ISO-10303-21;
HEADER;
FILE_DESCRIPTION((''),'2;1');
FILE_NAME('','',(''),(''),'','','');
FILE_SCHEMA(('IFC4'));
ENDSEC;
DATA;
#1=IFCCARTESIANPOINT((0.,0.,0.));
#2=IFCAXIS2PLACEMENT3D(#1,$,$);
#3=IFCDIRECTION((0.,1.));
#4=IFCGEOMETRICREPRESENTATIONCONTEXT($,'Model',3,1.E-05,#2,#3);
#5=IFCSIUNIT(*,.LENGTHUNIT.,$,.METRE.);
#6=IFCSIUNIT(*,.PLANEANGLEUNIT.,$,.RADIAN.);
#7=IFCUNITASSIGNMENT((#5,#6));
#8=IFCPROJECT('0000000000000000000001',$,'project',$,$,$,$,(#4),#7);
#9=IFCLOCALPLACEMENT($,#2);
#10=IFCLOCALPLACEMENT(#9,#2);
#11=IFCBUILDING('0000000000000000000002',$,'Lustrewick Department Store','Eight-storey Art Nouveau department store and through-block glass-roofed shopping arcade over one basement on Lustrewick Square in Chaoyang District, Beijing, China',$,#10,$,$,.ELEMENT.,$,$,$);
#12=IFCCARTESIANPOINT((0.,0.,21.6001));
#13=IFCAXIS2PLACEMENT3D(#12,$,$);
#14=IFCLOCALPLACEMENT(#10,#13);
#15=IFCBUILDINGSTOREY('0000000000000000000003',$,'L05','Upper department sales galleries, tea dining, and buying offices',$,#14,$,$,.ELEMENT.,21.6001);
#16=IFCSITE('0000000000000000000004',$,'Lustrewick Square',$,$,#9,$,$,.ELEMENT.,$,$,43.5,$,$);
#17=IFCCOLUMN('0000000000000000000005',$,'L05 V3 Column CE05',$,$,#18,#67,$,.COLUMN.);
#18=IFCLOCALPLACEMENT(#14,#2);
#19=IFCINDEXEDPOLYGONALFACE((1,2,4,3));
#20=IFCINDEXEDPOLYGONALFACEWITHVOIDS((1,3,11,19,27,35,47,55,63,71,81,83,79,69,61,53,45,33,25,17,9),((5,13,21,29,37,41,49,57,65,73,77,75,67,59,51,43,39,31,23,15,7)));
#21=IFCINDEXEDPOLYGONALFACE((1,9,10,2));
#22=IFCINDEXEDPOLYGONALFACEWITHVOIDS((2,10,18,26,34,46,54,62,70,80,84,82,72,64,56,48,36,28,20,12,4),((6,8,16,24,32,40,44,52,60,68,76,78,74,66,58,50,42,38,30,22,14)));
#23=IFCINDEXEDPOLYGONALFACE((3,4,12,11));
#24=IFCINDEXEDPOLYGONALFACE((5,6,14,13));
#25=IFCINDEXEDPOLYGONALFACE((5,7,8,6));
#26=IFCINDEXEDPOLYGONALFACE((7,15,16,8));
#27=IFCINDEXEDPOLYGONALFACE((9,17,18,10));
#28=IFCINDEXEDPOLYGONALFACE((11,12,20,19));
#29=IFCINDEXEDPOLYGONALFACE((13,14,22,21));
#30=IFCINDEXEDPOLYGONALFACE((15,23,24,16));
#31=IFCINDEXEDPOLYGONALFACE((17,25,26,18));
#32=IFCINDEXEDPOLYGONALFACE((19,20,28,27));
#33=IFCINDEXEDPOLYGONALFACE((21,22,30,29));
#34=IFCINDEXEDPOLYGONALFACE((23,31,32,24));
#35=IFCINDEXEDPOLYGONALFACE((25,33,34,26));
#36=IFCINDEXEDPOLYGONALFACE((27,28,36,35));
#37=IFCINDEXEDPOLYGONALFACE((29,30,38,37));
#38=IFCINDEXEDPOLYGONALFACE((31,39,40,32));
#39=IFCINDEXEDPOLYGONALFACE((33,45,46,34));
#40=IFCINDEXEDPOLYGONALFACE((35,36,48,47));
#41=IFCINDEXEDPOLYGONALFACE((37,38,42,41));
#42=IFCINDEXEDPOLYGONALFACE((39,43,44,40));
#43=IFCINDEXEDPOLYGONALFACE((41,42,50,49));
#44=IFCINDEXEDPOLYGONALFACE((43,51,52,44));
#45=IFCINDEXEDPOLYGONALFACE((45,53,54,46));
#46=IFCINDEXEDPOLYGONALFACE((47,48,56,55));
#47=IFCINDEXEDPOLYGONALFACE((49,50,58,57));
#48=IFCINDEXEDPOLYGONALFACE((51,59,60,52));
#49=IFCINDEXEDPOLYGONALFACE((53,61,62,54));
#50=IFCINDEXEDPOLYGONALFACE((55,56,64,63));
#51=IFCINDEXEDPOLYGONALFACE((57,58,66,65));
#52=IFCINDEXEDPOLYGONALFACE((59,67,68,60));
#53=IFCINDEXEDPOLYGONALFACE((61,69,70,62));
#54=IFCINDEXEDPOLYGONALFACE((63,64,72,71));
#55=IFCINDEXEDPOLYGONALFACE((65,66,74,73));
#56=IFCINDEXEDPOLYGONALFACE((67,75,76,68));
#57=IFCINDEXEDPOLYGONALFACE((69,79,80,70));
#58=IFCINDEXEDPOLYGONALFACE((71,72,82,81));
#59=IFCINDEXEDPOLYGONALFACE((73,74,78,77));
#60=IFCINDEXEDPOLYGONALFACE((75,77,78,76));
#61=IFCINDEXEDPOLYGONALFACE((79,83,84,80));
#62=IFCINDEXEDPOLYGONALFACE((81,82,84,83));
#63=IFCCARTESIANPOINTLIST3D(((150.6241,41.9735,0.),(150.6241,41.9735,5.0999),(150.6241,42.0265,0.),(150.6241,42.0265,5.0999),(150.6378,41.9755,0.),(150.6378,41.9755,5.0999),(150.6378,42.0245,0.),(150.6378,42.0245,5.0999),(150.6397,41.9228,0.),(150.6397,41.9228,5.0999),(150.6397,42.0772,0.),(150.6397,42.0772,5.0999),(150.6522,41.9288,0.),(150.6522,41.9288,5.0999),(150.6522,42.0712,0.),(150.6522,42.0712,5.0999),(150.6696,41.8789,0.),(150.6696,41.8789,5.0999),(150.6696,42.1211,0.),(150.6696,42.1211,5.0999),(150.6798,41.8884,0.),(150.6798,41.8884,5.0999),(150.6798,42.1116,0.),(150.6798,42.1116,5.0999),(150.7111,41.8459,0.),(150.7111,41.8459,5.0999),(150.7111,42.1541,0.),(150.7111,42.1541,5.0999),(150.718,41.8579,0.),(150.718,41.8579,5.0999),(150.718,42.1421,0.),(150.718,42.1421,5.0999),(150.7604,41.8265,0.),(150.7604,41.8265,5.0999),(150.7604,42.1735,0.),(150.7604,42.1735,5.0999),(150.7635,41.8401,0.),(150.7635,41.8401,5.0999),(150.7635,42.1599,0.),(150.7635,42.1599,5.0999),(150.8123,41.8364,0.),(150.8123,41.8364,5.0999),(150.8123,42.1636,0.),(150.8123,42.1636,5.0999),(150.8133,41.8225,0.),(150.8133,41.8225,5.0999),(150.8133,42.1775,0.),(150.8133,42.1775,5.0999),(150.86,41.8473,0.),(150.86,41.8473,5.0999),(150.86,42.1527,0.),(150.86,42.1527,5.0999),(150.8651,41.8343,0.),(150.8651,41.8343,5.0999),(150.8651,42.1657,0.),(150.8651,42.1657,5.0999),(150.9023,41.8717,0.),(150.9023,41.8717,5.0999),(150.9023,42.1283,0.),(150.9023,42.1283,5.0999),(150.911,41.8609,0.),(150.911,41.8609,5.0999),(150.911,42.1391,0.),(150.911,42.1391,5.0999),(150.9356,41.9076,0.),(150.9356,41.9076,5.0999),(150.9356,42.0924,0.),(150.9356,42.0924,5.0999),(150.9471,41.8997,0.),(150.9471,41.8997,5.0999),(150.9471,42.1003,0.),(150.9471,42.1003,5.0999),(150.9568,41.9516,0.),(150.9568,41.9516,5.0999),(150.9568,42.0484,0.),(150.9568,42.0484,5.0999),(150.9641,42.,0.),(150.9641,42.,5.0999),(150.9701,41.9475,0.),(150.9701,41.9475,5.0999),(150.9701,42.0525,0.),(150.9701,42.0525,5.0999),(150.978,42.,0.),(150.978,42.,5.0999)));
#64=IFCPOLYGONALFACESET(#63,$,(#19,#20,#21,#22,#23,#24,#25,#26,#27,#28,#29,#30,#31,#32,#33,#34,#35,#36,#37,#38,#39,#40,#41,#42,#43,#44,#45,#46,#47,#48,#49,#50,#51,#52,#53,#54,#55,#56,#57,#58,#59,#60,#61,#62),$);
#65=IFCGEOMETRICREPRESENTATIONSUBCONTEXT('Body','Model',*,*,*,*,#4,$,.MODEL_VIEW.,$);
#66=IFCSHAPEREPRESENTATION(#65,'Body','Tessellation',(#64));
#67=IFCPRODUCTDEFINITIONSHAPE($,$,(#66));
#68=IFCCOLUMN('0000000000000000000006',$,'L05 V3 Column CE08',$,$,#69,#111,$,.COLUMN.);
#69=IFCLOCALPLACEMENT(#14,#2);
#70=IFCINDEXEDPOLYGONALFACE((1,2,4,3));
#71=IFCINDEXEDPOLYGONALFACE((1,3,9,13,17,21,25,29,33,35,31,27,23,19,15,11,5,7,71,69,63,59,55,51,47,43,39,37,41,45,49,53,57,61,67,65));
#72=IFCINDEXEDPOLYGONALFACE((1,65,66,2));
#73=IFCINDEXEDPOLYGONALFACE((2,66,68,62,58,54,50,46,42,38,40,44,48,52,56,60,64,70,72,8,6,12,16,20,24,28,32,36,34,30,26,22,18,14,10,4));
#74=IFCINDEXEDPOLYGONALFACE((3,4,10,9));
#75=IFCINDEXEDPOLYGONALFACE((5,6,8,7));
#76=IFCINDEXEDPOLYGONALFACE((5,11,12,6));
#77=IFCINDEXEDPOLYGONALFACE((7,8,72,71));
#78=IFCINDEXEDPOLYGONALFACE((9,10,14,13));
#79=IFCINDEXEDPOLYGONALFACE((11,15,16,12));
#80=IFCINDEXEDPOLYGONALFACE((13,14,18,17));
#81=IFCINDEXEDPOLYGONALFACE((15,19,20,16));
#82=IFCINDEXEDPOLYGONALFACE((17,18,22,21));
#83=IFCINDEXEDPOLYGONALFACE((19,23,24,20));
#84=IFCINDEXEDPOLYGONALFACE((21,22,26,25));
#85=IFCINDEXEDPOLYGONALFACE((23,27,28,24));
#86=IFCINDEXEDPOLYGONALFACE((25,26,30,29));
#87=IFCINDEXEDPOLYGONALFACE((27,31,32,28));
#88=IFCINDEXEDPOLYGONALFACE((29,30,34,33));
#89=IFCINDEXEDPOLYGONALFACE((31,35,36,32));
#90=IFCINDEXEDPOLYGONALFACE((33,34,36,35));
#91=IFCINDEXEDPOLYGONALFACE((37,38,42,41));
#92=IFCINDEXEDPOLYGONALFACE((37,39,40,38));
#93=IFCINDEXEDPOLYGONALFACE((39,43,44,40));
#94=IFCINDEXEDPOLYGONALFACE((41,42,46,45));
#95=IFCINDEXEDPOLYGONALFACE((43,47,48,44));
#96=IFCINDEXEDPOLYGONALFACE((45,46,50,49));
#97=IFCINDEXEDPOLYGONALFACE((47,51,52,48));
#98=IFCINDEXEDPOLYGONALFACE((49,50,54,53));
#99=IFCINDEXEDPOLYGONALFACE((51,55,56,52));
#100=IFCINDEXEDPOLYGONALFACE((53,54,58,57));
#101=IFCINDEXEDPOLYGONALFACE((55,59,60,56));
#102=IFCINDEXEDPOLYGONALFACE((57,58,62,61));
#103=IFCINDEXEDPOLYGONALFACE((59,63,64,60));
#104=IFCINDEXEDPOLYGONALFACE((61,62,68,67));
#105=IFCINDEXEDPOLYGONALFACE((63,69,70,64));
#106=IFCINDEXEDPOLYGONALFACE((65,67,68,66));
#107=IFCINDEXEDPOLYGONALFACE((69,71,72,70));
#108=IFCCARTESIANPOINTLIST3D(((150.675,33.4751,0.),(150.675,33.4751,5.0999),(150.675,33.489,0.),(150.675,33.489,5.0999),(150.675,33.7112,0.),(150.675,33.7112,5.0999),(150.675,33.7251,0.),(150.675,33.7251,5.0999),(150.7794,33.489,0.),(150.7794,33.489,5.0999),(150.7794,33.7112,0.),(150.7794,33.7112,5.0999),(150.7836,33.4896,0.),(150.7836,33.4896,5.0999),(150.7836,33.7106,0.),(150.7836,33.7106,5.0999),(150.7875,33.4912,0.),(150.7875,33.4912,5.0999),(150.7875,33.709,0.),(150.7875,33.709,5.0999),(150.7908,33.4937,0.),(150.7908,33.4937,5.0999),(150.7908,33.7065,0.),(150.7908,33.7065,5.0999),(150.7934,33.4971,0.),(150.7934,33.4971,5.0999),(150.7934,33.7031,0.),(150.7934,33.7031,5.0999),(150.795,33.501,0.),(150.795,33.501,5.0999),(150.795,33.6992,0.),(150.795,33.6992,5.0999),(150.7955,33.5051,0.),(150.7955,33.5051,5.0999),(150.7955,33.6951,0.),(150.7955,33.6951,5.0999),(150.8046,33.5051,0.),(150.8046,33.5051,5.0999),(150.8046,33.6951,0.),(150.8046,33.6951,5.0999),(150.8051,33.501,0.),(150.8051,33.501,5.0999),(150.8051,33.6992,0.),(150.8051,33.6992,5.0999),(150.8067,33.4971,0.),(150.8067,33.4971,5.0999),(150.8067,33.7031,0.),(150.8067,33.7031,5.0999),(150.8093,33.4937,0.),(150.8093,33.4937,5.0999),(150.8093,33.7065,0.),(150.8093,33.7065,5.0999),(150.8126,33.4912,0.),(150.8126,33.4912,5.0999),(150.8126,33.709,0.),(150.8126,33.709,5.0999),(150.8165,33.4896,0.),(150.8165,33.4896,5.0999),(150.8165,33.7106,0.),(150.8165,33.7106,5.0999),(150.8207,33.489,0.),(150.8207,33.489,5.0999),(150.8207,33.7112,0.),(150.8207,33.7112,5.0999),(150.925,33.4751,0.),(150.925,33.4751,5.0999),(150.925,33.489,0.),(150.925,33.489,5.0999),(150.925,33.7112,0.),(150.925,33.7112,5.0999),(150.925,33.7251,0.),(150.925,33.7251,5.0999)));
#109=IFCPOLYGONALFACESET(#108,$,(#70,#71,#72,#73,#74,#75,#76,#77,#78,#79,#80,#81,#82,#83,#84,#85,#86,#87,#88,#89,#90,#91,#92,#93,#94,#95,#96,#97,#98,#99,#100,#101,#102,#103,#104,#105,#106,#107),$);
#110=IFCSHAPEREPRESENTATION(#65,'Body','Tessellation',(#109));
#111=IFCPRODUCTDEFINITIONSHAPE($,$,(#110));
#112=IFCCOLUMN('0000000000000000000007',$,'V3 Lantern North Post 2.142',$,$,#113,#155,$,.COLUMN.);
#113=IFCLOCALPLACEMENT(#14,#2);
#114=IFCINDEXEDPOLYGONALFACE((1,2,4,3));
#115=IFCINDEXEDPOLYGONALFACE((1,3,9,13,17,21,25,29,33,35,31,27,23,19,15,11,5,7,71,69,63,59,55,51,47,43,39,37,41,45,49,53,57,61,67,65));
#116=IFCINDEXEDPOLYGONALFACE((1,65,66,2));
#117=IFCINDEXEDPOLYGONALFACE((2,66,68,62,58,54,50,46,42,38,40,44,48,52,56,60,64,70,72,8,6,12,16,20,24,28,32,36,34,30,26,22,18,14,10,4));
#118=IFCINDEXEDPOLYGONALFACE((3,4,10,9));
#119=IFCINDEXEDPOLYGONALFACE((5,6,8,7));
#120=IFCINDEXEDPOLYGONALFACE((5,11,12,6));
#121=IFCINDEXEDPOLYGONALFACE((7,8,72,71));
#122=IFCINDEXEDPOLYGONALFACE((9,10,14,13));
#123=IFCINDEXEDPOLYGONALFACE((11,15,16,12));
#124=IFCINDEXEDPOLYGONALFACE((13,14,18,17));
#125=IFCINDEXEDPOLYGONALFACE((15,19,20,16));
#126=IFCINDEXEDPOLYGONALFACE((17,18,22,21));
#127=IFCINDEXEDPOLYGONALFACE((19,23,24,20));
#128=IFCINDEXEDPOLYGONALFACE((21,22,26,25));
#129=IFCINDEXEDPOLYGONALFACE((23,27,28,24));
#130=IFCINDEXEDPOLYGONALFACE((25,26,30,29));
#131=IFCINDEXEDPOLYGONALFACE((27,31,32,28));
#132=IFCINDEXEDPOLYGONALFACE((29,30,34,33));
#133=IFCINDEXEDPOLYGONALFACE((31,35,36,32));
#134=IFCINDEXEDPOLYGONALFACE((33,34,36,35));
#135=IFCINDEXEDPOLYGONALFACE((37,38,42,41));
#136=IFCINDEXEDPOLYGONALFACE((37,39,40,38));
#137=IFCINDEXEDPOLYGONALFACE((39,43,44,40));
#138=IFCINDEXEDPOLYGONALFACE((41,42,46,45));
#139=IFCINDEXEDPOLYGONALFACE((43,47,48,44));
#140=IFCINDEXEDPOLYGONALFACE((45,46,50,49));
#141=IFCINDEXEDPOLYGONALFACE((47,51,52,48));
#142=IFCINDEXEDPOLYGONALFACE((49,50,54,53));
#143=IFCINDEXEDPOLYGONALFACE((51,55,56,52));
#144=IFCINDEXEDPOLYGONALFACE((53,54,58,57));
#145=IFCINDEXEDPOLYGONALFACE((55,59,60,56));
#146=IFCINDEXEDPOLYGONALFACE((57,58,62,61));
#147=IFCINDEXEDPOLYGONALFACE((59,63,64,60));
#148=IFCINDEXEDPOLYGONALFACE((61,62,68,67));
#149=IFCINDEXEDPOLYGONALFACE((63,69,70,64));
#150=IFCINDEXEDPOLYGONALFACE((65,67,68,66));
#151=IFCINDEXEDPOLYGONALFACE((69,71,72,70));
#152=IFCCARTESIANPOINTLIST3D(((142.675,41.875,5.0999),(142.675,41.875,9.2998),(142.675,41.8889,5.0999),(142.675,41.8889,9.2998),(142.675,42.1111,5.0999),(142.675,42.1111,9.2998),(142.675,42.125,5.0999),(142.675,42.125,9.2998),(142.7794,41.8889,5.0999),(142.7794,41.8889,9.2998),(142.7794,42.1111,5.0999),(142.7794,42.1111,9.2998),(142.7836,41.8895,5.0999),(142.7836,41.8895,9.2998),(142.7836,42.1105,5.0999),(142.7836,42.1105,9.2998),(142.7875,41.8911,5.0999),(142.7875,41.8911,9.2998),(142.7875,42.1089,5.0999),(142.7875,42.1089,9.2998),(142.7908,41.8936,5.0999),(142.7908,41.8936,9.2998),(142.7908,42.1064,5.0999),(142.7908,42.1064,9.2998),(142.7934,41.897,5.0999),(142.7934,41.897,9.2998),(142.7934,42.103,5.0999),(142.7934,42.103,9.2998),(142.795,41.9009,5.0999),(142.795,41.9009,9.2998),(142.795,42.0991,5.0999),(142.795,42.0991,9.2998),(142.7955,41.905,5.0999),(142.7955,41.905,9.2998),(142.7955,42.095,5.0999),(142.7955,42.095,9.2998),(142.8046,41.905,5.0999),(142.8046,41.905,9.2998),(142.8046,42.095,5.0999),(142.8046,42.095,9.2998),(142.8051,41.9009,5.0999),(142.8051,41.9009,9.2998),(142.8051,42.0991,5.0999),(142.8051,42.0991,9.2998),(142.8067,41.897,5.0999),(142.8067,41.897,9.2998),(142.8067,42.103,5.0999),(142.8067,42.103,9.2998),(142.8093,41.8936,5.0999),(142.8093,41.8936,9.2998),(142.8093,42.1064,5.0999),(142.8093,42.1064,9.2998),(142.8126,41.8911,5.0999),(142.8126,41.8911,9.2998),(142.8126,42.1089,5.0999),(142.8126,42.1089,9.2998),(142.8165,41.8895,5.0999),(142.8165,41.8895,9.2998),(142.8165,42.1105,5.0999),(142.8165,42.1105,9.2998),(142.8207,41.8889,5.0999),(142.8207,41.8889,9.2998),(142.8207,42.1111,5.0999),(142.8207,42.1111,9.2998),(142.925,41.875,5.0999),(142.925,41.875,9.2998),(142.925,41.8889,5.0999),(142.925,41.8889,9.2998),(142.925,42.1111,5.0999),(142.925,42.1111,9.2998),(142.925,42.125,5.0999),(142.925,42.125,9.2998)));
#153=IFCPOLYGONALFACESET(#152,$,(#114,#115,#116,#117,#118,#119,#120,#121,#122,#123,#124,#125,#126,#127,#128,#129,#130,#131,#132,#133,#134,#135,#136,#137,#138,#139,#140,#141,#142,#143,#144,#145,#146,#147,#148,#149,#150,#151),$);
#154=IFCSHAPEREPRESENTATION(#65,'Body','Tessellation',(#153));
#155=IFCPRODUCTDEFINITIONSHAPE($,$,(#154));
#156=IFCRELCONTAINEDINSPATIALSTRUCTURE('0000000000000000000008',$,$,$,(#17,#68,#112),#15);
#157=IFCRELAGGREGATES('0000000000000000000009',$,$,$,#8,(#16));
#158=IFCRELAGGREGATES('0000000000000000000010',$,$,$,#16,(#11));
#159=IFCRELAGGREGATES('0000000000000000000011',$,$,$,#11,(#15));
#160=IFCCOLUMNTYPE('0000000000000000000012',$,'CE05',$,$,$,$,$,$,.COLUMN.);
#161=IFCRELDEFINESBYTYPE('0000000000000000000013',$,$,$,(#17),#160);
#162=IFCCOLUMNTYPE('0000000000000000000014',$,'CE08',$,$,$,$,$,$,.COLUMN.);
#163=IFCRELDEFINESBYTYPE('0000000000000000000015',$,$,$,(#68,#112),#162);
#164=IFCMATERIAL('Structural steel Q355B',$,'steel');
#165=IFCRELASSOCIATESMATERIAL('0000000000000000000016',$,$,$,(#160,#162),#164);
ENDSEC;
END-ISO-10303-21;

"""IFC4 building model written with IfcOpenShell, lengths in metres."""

from ifc_helpers import new_model, si_unit, direction, frame, origin, origin_2d, place, context, subcontext, project, spatial, hollow_circle, i_section, extrude, material, material_profile, profile_set, type_object, element, save


model = new_model("IFC4")

# Units and contexts
model_context = context("Model", 3, precision=1e-05, world=origin(), true_north=direction((0.0, 1.0)))
body_context = subcontext(model_context, "Body", "Model", "MODEL_VIEW")
ifc_project = project(units=[si_unit("LENGTHUNIT", "METRE"), si_unit("PLANEANGLEUNIT", "RADIAN")], contexts=[model_context])

# Site, building, storey
site_placement = place(None, origin())
site = spatial("IfcSite", under=ifc_project, at=site_placement, Name="Lustrewick Square", CompositionType="ELEMENT", RefElevation=43.5)
building_placement = place(site_placement, origin())
building = spatial("IfcBuilding", under=site, at=building_placement, Name="Lustrewick Department Store", Description="Eight-storey Art Nouveau department store and through-block glass-roofed shopping arcade over one basement on Lustrewick Square in Chaoyang District, Beijing, China", CompositionType="ELEMENT")
storey_placement = place(building_placement, frame((0.0, 0.0, 21.6001)))
storey = spatial("IfcBuildingStorey", under=building, at=storey_placement, Name="L05", Description="Upper department sales galleries, tea dining, and buying offices", CompositionType="ELEMENT", Elevation=21.6001)

# Columns
ifc_material_1 = material(Name="Structural steel Q355B", Category="steel")
ifc_material_profile_1 = material_profile(ifc_material_1, hollow_circle(Radius=0.178, WallThickness=0.0139, at=origin_2d()), Name="CHS 356x14")
ifc_profile_set_1 = profile_set([ifc_material_profile_1], Name="Structural steel Q355B")
column_type_1 = type_object("IfcColumnType", Name="CE05", PredefinedType="COLUMN", material=ifc_profile_set_1)
column_1_placement = place(storey_placement, frame((150.8, 42.0, 0.0), z_axis=(0.0, 0.0, 1.0), x_axis=(1.0, 0.0, 0.0)))
element("IfcColumn", 1, at=column_1_placement, inside=storey, type_object=column_type_1, Name="L05 V3 Column CE05", PredefinedType="COLUMN", context=body_context, shape_type="SweptSolid", body=[
    extrude(hollow_circle(Radius=0.178, WallThickness=0.0139, at=origin_2d()), origin(), (0.0, 0.0, 1.0), 5.0999),
])
ifc_material_profile_2 = material_profile(ifc_material_1, i_section(OverallWidth=0.25, OverallDepth=0.25, WebThickness=0.009, FlangeThickness=0.0139, FilletRadius=0.0161, at=origin_2d()), Name="HW 250x250x9x14")
ifc_profile_set_2 = profile_set([ifc_material_profile_2], Name="Structural steel Q355B")
column_type_2 = type_object("IfcColumnType", Name="CE08", PredefinedType="COLUMN", material=ifc_profile_set_2)
column_2_placement = place(storey_placement, frame((150.8, 33.6001, 0.0), z_axis=(0.0, 0.0, 1.0), x_axis=(1.0, 0.0, 0.0)))
element("IfcColumn", 2, at=column_2_placement, inside=storey, type_object=column_type_2, Name="L05 V3 Column CE08", PredefinedType="COLUMN", context=body_context, shape_type="SweptSolid", body=[
    extrude(i_section(OverallWidth=0.25, OverallDepth=0.25, WebThickness=0.009, FlangeThickness=0.0139, FilletRadius=0.0161, at=origin_2d()), origin(), (0.0, 0.0, 1.0), 5.0999),
])
column_3_placement = place(storey_placement, frame((142.8, 42.0, 5.0999), z_axis=(0.0, 0.0, 1.0), x_axis=(1.0, 0.0, 0.0)))
element("IfcColumn", 3, at=column_3_placement, inside=storey, type_object=column_type_2, Name="V3 Lantern North Post 2.142", PredefinedType="COLUMN", context=body_context, shape_type="SweptSolid", body=[
    extrude(i_section(OverallWidth=0.25, OverallDepth=0.25, WebThickness=0.009, FlangeThickness=0.0139, FilletRadius=0.0161, at=origin_2d()), origin(), (0.0, 0.0, 1.0), 4.2),
])

save(model, "model.ifc")
